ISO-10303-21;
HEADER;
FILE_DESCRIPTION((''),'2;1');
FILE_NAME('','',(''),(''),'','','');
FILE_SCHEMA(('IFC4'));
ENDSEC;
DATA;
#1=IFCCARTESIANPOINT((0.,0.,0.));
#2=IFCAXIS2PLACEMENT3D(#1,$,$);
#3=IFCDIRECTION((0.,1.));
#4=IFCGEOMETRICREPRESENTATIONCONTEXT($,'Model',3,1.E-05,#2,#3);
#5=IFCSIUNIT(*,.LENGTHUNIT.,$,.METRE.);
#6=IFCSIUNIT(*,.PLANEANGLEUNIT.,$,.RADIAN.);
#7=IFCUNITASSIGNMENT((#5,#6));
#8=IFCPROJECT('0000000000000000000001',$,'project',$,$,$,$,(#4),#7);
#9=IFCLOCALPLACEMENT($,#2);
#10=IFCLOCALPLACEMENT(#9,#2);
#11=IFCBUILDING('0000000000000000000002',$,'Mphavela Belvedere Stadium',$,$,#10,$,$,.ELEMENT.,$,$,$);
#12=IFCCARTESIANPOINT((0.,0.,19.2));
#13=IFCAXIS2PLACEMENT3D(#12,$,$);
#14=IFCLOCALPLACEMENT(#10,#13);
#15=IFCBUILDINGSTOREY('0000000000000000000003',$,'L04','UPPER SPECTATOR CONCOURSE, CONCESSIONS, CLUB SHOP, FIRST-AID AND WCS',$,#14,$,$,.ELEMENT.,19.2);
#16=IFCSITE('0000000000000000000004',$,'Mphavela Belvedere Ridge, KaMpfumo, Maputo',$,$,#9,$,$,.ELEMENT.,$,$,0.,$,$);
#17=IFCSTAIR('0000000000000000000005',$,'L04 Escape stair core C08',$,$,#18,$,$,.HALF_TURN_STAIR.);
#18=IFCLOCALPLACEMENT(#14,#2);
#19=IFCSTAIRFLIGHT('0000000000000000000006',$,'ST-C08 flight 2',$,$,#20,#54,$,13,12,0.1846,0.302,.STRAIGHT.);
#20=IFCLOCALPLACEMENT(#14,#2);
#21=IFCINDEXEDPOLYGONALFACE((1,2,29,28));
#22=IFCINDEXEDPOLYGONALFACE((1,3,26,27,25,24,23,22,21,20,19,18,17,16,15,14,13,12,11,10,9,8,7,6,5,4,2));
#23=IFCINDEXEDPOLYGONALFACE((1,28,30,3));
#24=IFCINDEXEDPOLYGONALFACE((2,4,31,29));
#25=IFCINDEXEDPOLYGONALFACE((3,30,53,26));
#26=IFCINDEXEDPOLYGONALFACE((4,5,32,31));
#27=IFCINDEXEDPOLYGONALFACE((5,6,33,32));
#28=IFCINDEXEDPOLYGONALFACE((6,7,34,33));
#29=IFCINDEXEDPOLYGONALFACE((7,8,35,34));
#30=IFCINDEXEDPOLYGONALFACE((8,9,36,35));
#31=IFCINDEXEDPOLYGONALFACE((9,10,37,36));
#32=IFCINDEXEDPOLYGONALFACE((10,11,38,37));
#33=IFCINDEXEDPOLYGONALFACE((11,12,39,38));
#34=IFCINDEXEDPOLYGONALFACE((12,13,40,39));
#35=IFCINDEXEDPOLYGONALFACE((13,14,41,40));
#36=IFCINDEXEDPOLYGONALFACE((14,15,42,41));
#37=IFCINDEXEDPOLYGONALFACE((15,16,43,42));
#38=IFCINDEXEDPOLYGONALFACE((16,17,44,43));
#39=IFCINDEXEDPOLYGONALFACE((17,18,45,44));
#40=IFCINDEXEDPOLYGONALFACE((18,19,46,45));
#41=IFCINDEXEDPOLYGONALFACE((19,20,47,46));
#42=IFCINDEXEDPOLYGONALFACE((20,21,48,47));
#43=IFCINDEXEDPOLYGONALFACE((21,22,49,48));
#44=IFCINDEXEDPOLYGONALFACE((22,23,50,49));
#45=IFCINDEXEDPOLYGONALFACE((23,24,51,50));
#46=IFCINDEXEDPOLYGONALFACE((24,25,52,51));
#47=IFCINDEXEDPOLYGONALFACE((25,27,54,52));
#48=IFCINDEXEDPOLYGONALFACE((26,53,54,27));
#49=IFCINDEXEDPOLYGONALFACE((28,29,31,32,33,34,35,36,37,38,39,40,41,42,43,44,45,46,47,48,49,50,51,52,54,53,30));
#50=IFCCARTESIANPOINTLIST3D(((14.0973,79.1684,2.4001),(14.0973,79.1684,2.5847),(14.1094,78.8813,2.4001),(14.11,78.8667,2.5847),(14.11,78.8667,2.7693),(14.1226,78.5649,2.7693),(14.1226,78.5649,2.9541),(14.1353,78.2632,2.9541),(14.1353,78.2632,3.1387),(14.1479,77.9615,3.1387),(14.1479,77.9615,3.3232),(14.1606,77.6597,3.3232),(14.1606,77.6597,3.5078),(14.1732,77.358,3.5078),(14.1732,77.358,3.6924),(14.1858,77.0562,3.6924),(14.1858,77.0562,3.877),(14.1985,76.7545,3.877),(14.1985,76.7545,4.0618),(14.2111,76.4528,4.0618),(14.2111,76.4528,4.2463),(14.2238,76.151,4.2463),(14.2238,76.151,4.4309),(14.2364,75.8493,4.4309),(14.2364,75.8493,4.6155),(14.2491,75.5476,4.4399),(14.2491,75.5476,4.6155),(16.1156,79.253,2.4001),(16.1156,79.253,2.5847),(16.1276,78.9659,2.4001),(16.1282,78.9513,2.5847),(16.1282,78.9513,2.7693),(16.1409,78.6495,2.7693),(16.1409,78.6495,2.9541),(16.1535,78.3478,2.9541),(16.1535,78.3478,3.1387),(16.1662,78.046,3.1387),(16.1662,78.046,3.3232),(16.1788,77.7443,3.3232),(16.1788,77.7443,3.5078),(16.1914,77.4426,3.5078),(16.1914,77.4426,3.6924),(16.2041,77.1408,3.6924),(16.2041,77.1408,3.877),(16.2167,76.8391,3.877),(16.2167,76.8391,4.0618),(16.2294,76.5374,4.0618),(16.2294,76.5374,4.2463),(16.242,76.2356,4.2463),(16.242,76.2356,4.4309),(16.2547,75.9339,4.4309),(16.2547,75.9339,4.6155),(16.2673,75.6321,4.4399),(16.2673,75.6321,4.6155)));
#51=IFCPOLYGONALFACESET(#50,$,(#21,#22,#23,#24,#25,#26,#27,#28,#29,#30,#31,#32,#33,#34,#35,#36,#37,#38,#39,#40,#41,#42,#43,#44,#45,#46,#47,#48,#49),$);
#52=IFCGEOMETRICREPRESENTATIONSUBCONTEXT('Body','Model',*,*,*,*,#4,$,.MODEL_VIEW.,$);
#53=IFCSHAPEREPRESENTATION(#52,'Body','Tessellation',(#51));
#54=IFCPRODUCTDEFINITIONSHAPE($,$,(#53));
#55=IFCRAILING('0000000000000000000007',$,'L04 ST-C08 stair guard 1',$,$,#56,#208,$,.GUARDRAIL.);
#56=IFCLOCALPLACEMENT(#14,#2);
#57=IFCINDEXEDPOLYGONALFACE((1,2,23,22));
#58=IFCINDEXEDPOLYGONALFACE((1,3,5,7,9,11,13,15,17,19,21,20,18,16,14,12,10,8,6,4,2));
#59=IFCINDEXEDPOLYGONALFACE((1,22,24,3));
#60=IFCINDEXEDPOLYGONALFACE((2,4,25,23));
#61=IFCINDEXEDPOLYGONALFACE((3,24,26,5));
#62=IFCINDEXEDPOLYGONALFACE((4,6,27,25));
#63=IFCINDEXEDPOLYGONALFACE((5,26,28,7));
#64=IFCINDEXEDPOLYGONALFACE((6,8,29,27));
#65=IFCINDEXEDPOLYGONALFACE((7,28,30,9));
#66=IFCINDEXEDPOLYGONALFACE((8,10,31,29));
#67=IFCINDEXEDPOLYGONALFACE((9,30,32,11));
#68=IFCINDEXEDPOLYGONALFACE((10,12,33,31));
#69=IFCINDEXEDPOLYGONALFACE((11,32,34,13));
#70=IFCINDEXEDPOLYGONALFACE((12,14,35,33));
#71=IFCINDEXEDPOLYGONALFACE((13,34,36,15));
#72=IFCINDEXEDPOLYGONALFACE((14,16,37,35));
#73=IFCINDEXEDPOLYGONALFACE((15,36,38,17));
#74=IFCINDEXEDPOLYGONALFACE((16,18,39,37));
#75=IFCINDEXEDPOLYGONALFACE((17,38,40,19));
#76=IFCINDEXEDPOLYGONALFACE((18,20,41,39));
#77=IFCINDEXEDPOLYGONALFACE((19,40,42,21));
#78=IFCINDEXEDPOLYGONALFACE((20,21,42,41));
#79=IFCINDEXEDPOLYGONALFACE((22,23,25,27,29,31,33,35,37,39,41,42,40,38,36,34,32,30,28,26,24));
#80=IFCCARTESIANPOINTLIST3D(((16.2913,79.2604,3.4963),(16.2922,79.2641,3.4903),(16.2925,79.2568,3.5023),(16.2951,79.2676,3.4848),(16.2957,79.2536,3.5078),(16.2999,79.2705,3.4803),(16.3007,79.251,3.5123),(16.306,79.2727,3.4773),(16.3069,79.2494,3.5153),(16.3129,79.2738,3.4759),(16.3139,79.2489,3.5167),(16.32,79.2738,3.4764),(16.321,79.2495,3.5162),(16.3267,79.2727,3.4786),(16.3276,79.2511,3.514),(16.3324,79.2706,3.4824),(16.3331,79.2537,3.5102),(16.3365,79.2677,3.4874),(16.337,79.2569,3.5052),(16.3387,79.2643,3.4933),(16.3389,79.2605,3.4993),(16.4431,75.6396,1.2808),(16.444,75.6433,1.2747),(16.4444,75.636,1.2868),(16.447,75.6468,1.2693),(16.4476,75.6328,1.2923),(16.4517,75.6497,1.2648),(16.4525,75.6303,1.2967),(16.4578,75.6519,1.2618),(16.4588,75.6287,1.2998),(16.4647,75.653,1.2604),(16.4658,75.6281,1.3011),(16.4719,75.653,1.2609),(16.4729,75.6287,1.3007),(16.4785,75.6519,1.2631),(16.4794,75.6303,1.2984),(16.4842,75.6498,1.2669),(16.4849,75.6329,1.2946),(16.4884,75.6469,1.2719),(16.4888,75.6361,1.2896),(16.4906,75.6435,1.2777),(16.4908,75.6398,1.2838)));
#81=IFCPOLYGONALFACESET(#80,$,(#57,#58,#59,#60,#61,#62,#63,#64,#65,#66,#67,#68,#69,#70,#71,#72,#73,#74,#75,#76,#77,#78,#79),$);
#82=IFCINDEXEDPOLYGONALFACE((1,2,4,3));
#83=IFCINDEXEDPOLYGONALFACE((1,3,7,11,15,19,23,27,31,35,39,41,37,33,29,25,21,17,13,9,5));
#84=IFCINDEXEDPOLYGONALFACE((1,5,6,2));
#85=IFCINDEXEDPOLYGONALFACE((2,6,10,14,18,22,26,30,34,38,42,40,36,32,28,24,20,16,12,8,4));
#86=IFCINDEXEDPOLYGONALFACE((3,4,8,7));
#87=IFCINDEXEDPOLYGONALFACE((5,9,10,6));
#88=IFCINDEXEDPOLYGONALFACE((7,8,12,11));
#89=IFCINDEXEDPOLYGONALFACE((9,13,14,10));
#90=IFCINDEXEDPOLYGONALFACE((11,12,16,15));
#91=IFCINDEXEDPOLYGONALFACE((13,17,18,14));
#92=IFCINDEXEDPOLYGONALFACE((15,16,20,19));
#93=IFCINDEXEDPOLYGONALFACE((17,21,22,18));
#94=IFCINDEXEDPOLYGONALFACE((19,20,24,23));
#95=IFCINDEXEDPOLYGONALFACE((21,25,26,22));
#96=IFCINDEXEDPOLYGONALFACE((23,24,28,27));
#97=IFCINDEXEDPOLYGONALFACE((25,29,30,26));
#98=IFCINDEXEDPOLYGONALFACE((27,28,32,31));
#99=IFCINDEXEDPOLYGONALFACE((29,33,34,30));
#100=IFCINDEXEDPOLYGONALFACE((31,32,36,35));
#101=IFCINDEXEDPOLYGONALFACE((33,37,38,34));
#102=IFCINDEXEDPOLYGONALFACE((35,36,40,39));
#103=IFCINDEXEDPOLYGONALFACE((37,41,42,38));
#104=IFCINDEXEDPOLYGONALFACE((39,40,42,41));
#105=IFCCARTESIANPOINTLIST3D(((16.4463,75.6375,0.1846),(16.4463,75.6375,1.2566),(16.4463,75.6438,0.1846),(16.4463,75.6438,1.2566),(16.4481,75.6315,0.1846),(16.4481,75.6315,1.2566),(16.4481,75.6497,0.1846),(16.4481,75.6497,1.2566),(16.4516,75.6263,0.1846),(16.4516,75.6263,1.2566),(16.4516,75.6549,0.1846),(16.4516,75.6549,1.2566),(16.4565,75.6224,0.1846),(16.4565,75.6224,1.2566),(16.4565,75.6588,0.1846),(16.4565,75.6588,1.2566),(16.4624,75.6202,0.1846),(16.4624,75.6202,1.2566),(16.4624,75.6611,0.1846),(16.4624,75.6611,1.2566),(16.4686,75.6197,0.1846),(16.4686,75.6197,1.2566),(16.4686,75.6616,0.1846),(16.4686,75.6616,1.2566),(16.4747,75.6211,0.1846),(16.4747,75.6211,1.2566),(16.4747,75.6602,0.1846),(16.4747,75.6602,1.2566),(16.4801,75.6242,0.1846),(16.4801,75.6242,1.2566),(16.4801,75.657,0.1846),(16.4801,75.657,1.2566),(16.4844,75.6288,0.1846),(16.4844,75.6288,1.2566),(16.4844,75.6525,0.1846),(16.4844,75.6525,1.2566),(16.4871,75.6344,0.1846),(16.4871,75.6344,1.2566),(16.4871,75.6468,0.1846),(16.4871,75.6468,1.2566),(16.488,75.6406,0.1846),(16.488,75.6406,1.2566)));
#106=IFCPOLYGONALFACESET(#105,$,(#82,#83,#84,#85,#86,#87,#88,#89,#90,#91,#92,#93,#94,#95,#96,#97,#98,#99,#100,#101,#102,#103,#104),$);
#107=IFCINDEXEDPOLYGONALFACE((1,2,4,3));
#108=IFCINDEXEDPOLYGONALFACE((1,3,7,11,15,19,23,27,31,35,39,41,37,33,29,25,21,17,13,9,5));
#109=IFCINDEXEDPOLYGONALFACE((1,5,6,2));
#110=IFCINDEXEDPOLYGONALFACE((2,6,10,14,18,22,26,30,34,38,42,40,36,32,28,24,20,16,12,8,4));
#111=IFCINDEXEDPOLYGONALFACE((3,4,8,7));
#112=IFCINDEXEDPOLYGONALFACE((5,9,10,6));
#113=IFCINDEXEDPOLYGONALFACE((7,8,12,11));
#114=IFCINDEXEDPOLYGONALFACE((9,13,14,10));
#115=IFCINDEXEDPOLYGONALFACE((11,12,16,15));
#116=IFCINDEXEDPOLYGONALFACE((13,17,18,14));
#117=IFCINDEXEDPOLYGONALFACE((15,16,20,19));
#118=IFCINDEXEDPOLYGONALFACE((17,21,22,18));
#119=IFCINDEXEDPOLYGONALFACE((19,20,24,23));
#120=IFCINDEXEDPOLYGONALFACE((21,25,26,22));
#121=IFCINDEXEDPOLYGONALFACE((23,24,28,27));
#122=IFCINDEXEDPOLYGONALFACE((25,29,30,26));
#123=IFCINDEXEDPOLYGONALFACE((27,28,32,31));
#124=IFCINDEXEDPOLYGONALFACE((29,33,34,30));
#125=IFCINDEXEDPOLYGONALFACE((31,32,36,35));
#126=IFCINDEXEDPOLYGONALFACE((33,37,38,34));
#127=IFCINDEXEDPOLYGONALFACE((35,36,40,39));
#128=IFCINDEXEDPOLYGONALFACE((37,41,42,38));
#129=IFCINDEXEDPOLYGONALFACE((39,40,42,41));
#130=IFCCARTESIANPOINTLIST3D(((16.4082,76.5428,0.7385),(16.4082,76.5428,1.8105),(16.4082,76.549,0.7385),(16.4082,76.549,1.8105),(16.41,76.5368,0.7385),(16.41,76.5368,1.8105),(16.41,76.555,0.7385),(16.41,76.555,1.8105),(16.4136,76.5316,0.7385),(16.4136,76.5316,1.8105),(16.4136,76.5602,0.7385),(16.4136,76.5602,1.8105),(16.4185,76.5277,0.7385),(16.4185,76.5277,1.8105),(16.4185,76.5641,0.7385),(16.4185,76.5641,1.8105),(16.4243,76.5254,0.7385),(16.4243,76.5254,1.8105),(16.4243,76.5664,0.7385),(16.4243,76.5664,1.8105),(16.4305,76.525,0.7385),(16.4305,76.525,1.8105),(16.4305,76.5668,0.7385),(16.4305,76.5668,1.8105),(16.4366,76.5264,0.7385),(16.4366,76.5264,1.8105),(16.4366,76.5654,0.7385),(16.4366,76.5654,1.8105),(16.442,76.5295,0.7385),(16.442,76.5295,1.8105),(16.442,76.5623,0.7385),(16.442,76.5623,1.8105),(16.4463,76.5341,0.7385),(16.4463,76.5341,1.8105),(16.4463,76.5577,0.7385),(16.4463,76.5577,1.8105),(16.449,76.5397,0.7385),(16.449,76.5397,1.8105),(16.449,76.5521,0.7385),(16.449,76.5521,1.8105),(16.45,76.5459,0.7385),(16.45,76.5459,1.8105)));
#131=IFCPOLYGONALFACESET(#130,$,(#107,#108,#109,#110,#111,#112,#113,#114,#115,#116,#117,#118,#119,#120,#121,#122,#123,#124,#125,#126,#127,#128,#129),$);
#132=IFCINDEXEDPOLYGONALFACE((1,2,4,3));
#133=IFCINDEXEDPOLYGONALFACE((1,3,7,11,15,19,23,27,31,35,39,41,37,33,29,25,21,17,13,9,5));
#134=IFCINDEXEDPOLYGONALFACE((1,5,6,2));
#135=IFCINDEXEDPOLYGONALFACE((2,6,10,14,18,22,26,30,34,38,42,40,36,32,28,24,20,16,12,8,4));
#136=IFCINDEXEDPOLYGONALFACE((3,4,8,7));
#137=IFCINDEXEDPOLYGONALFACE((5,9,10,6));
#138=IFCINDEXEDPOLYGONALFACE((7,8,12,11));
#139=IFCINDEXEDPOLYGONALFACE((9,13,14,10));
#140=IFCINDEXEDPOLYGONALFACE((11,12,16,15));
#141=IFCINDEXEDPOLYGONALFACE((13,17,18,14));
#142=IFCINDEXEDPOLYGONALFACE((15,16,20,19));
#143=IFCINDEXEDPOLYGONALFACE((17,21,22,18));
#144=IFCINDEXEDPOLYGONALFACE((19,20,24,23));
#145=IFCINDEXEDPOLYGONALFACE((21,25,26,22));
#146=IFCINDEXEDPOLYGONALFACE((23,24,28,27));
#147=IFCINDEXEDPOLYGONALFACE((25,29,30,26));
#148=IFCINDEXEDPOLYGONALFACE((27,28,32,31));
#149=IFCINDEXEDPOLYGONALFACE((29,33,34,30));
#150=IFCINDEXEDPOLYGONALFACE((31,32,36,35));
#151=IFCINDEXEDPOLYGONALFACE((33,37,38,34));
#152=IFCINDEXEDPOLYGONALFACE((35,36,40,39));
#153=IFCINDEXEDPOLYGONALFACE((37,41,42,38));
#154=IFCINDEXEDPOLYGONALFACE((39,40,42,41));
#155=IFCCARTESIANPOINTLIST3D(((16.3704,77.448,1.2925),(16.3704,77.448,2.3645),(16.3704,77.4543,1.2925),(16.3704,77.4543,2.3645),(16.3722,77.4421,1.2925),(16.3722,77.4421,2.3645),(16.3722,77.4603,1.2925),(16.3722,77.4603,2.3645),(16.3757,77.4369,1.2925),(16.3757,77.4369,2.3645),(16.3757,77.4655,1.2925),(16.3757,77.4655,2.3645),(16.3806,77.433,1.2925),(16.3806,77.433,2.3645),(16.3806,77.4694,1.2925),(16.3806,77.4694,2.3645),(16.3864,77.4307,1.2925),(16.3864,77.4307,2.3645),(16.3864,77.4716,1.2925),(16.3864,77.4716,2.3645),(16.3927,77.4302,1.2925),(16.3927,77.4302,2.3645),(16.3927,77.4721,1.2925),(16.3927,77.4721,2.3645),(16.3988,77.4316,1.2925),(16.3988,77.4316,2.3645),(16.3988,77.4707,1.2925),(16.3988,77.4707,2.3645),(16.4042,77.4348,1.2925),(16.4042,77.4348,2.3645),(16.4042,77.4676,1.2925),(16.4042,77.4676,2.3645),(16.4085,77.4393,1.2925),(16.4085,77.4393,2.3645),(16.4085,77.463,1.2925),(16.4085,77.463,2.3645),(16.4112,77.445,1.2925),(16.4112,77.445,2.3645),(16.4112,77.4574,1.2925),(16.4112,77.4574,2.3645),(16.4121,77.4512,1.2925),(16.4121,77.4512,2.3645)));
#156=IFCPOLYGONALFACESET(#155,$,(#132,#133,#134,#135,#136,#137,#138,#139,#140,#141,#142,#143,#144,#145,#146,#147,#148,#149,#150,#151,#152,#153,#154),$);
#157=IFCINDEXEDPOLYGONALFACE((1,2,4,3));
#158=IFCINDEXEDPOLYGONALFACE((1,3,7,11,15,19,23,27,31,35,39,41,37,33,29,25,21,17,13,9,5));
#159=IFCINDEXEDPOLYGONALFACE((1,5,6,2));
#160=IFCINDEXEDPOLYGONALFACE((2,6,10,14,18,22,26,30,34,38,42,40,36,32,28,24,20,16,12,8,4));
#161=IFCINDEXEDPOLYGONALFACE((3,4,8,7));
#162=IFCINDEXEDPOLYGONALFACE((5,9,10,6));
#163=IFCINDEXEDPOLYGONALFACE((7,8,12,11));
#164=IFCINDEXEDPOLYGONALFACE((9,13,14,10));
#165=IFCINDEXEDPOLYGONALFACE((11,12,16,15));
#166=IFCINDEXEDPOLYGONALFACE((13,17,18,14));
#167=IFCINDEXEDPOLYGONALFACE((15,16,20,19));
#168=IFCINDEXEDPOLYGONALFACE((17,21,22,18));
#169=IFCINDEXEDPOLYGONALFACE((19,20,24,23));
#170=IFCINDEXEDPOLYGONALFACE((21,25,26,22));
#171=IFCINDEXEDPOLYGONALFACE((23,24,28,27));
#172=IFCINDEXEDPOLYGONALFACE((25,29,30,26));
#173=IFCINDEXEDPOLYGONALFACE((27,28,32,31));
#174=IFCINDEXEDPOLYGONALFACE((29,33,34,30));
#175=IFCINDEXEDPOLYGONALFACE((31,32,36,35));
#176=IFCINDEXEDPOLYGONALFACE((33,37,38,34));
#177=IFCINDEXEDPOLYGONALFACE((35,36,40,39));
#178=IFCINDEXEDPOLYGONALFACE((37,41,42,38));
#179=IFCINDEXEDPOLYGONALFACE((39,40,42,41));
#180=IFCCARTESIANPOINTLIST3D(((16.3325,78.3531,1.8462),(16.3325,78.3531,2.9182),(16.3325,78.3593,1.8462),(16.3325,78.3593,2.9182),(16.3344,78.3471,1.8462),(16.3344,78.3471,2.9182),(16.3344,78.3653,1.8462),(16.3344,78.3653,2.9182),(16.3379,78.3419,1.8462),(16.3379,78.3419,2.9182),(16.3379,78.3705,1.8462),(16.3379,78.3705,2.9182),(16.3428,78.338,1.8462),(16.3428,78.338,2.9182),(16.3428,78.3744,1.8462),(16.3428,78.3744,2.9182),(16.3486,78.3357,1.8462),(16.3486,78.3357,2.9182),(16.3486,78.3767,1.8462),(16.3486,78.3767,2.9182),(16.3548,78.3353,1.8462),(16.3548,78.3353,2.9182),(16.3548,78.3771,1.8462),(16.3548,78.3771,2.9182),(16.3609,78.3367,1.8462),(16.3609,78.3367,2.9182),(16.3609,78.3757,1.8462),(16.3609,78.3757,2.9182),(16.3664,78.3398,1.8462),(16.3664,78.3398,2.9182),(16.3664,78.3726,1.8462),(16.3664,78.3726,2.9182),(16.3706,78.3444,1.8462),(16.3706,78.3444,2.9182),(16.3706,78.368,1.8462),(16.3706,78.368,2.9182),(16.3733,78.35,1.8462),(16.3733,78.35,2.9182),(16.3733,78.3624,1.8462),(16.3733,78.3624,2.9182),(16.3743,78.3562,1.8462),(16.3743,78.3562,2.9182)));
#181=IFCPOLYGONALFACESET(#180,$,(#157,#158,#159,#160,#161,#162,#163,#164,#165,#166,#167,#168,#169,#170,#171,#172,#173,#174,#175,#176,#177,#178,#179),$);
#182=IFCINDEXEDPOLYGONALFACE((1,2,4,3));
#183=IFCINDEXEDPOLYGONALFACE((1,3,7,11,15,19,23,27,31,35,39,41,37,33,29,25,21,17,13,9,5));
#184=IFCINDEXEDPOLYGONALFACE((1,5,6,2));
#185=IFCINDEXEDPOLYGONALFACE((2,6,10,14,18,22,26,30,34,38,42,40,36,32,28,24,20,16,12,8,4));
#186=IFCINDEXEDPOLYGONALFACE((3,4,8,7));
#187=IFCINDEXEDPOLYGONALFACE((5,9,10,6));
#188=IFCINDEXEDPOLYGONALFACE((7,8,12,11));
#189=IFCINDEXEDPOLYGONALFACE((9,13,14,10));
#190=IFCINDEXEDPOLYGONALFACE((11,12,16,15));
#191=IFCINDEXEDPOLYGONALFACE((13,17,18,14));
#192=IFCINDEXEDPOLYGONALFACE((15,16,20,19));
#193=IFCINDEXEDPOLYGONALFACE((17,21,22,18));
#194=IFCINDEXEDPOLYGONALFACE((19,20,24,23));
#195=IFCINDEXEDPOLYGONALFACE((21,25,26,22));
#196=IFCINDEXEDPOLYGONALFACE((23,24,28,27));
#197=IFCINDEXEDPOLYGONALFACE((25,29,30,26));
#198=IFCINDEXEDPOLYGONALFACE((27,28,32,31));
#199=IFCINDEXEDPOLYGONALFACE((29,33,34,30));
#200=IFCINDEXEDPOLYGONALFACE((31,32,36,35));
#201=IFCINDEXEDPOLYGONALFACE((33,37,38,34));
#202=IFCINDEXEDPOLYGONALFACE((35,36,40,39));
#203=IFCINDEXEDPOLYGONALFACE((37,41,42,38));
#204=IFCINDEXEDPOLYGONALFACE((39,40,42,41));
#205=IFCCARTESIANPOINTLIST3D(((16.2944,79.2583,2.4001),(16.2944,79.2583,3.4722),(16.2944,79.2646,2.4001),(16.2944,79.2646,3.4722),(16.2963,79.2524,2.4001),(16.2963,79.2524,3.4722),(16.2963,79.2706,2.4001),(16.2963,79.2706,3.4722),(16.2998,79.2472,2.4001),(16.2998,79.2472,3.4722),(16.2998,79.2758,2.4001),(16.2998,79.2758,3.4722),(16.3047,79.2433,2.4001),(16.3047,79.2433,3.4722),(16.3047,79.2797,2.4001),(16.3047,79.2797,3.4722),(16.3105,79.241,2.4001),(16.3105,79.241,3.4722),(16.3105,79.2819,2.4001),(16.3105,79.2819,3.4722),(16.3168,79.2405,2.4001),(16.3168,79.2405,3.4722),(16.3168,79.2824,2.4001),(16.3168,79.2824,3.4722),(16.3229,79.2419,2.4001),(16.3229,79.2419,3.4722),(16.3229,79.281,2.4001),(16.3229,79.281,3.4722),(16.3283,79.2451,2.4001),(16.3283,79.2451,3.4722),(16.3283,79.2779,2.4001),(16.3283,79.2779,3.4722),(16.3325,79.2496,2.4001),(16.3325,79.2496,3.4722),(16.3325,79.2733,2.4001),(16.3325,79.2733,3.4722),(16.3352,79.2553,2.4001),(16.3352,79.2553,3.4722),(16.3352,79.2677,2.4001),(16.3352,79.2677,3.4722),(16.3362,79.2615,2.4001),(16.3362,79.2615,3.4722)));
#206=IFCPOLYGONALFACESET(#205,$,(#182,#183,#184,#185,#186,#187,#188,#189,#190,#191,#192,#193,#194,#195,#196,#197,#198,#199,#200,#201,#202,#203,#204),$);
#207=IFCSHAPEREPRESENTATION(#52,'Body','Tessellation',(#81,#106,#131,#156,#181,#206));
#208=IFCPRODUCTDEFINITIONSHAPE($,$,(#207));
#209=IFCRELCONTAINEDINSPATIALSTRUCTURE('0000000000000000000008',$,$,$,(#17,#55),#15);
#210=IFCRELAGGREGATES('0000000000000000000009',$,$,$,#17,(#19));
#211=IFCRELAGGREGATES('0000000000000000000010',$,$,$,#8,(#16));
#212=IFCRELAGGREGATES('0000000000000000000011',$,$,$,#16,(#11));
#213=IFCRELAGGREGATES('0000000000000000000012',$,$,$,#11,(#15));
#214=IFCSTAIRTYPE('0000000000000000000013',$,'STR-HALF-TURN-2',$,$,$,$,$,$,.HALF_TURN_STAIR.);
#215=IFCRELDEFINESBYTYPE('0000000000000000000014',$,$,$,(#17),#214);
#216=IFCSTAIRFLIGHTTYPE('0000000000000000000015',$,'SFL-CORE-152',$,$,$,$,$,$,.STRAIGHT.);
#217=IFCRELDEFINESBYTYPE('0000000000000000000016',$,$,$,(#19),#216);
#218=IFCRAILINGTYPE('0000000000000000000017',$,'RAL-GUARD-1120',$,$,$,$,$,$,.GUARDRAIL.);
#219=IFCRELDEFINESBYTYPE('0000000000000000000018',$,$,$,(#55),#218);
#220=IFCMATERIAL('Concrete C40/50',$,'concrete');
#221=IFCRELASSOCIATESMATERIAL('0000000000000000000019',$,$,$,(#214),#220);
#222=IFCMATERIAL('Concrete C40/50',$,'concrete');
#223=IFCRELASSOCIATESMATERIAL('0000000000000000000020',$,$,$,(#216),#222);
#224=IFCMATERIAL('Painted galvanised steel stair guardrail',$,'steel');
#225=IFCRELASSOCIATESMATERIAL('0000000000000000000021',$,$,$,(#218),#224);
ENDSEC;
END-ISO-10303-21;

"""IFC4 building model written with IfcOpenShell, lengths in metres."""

from ifc_helpers import new_model, si_unit, direction, frame, origin, origin_2d, place, context, subcontext, project, spatial, polyline, circle, outline, extrude, material, type_object, element, aggregate, save


model = new_model("IFC4")

# Units and contexts
model_context = context("Model", 3, precision=1e-05, world=origin(), true_north=direction((0.0, 1.0)))
body_context = subcontext(model_context, "Body", "Model", "MODEL_VIEW")
ifc_project = project(units=[si_unit("LENGTHUNIT", "METRE"), si_unit("PLANEANGLEUNIT", "RADIAN")], contexts=[model_context])

# Site, building, storey
site_placement = place(None, origin())
site = spatial("IfcSite", under=ifc_project, at=site_placement, Name="Mphavela Belvedere Ridge, KaMpfumo, Maputo", CompositionType="ELEMENT", RefElevation=0.0)
building_placement = place(site_placement, origin())
building = spatial("IfcBuilding", under=site, at=building_placement, Name="Mphavela Belvedere Stadium", CompositionType="ELEMENT")
storey_placement = place(building_placement, frame((0.0, 0.0, 19.2)))
storey = spatial("IfcBuildingStorey", under=building, at=storey_placement, Name="L04", Description="UPPER SPECTATOR CONCOURSE, CONCESSIONS, CLUB SHOP, FIRST-AID AND WCS", CompositionType="ELEMENT", Elevation=19.2)

# Stair, stair flight
ifc_material_1 = material(Name="Concrete C40/50", Category="concrete")
stair_type = type_object("IfcStairType", Name="STR-HALF-TURN-2", PredefinedType="HALF_TURN_STAIR", material=ifc_material_1)
stair_placement = place(storey_placement, origin())
stair = element("IfcStair", 1, at=stair_placement, inside=storey, type_object=stair_type, Name="L04 Escape stair core C08", PredefinedType="HALF_TURN_STAIR")
ifc_material_2 = material(Name="Concrete C40/50", Category="concrete")
stair_flight_type = type_object("IfcStairFlightType", Name="SFL-CORE-152", PredefinedType="STRAIGHT", material=ifc_material_2)
stair_flight_1_placement = place(storey_placement, frame((15.1064, 79.2107, 2.4001), z_axis=(0.0, 0.0, 1.0), x_axis=(0.041876, -0.999123, 0.0)))
stair_flight_1 = element("IfcStairFlight", 2, at=stair_flight_1_placement, type_object=stair_flight_type, Name="ST-C08 flight 2", NumberOfRisers=13, NumberOfTreads=12, PredefinedType="STRAIGHT", RiserHeight=0.1846, TreadLength=0.302, context=body_context, shape_type="SweptSolid", body=[
    extrude(outline(polyline([(0.0, 0.0), (0.0, 0.1846), (0.302, 0.1846), (0.302, 0.3691), (0.604, 0.3691), (0.604, 0.554), (0.906, 0.554), (0.906, 0.7385), (1.208, 0.7385), (1.208, 0.9231), (1.51, 0.9231), (1.51, 1.1077), (1.812, 1.1077), (1.812, 1.2922), (2.114, 1.2922), (2.114, 1.4768), (2.416, 1.4768), (2.416, 1.6616), (2.718, 1.6616), (2.718, 1.8462), (3.02, 1.8462), (3.02, 2.0308), (3.322, 2.0308), (3.322, 2.2153), (3.624, 2.2153), (3.624, 2.3999), (3.624, 2.0398), (0.2874, 0.0), (0.0, 0.0)])), frame((0.0, 1.01, 0.0), z_axis=(0.0, -1.0, 0.0), x_axis=(1.0, 0.0, 0.0)), (0.0, 0.0, 1.0), 2.02),
])
aggregate(stair, [stair_flight_1])

# Railing
ifc_material_3 = material(Name="Painted galvanised steel stair guardrail", Category="steel")
railing_type_1 = type_object("IfcRailingType", Name="RAL-GUARD-1120", PredefinedType="GUARDRAIL", material=ifc_material_3)
railing_1_placement = place(storey_placement, frame((16.467, 75.6406, 0.1846)))
element("IfcRailing", 3, at=railing_1_placement, inside=storey, type_object=railing_type_1, Name="L04 ST-C08 stair guard 1", PredefinedType="GUARDRAIL", context=body_context, shape_type="SweptSolid", body=[
    extrude(circle(Radius=0.0239, at=origin_2d()), frame((0.0, 0.0, 1.0962), z_axis=(-0.035751, 0.852439, 0.521602), x_axis=(-0.999122, -0.041902, 0.0)), (0.0, 0.0, 1.0), 4.2476),
    extrude(circle(Radius=0.021, at=origin_2d()), origin(), (0.0, 0.0, 1.0), 1.072),
    extrude(circle(Radius=0.021, at=origin_2d()), frame((-0.0381, 0.9053, 0.554)), (0.0, 0.0, 1.0), 1.072),
    extrude(circle(Radius=0.021, at=origin_2d()), frame((-0.0759, 1.8105, 1.1079)), (0.0, 0.0, 1.0), 1.072),
    extrude(circle(Radius=0.021, at=origin_2d()), frame((-0.1138, 2.7156, 1.6616)), (0.0, 0.0, 1.0), 1.072),
    extrude(circle(Radius=0.021, at=origin_2d()), frame((-0.1519, 3.6208, 2.2156)), (0.0, 0.0, 1.0), 1.072),
])

save(model, "model.ifc")
